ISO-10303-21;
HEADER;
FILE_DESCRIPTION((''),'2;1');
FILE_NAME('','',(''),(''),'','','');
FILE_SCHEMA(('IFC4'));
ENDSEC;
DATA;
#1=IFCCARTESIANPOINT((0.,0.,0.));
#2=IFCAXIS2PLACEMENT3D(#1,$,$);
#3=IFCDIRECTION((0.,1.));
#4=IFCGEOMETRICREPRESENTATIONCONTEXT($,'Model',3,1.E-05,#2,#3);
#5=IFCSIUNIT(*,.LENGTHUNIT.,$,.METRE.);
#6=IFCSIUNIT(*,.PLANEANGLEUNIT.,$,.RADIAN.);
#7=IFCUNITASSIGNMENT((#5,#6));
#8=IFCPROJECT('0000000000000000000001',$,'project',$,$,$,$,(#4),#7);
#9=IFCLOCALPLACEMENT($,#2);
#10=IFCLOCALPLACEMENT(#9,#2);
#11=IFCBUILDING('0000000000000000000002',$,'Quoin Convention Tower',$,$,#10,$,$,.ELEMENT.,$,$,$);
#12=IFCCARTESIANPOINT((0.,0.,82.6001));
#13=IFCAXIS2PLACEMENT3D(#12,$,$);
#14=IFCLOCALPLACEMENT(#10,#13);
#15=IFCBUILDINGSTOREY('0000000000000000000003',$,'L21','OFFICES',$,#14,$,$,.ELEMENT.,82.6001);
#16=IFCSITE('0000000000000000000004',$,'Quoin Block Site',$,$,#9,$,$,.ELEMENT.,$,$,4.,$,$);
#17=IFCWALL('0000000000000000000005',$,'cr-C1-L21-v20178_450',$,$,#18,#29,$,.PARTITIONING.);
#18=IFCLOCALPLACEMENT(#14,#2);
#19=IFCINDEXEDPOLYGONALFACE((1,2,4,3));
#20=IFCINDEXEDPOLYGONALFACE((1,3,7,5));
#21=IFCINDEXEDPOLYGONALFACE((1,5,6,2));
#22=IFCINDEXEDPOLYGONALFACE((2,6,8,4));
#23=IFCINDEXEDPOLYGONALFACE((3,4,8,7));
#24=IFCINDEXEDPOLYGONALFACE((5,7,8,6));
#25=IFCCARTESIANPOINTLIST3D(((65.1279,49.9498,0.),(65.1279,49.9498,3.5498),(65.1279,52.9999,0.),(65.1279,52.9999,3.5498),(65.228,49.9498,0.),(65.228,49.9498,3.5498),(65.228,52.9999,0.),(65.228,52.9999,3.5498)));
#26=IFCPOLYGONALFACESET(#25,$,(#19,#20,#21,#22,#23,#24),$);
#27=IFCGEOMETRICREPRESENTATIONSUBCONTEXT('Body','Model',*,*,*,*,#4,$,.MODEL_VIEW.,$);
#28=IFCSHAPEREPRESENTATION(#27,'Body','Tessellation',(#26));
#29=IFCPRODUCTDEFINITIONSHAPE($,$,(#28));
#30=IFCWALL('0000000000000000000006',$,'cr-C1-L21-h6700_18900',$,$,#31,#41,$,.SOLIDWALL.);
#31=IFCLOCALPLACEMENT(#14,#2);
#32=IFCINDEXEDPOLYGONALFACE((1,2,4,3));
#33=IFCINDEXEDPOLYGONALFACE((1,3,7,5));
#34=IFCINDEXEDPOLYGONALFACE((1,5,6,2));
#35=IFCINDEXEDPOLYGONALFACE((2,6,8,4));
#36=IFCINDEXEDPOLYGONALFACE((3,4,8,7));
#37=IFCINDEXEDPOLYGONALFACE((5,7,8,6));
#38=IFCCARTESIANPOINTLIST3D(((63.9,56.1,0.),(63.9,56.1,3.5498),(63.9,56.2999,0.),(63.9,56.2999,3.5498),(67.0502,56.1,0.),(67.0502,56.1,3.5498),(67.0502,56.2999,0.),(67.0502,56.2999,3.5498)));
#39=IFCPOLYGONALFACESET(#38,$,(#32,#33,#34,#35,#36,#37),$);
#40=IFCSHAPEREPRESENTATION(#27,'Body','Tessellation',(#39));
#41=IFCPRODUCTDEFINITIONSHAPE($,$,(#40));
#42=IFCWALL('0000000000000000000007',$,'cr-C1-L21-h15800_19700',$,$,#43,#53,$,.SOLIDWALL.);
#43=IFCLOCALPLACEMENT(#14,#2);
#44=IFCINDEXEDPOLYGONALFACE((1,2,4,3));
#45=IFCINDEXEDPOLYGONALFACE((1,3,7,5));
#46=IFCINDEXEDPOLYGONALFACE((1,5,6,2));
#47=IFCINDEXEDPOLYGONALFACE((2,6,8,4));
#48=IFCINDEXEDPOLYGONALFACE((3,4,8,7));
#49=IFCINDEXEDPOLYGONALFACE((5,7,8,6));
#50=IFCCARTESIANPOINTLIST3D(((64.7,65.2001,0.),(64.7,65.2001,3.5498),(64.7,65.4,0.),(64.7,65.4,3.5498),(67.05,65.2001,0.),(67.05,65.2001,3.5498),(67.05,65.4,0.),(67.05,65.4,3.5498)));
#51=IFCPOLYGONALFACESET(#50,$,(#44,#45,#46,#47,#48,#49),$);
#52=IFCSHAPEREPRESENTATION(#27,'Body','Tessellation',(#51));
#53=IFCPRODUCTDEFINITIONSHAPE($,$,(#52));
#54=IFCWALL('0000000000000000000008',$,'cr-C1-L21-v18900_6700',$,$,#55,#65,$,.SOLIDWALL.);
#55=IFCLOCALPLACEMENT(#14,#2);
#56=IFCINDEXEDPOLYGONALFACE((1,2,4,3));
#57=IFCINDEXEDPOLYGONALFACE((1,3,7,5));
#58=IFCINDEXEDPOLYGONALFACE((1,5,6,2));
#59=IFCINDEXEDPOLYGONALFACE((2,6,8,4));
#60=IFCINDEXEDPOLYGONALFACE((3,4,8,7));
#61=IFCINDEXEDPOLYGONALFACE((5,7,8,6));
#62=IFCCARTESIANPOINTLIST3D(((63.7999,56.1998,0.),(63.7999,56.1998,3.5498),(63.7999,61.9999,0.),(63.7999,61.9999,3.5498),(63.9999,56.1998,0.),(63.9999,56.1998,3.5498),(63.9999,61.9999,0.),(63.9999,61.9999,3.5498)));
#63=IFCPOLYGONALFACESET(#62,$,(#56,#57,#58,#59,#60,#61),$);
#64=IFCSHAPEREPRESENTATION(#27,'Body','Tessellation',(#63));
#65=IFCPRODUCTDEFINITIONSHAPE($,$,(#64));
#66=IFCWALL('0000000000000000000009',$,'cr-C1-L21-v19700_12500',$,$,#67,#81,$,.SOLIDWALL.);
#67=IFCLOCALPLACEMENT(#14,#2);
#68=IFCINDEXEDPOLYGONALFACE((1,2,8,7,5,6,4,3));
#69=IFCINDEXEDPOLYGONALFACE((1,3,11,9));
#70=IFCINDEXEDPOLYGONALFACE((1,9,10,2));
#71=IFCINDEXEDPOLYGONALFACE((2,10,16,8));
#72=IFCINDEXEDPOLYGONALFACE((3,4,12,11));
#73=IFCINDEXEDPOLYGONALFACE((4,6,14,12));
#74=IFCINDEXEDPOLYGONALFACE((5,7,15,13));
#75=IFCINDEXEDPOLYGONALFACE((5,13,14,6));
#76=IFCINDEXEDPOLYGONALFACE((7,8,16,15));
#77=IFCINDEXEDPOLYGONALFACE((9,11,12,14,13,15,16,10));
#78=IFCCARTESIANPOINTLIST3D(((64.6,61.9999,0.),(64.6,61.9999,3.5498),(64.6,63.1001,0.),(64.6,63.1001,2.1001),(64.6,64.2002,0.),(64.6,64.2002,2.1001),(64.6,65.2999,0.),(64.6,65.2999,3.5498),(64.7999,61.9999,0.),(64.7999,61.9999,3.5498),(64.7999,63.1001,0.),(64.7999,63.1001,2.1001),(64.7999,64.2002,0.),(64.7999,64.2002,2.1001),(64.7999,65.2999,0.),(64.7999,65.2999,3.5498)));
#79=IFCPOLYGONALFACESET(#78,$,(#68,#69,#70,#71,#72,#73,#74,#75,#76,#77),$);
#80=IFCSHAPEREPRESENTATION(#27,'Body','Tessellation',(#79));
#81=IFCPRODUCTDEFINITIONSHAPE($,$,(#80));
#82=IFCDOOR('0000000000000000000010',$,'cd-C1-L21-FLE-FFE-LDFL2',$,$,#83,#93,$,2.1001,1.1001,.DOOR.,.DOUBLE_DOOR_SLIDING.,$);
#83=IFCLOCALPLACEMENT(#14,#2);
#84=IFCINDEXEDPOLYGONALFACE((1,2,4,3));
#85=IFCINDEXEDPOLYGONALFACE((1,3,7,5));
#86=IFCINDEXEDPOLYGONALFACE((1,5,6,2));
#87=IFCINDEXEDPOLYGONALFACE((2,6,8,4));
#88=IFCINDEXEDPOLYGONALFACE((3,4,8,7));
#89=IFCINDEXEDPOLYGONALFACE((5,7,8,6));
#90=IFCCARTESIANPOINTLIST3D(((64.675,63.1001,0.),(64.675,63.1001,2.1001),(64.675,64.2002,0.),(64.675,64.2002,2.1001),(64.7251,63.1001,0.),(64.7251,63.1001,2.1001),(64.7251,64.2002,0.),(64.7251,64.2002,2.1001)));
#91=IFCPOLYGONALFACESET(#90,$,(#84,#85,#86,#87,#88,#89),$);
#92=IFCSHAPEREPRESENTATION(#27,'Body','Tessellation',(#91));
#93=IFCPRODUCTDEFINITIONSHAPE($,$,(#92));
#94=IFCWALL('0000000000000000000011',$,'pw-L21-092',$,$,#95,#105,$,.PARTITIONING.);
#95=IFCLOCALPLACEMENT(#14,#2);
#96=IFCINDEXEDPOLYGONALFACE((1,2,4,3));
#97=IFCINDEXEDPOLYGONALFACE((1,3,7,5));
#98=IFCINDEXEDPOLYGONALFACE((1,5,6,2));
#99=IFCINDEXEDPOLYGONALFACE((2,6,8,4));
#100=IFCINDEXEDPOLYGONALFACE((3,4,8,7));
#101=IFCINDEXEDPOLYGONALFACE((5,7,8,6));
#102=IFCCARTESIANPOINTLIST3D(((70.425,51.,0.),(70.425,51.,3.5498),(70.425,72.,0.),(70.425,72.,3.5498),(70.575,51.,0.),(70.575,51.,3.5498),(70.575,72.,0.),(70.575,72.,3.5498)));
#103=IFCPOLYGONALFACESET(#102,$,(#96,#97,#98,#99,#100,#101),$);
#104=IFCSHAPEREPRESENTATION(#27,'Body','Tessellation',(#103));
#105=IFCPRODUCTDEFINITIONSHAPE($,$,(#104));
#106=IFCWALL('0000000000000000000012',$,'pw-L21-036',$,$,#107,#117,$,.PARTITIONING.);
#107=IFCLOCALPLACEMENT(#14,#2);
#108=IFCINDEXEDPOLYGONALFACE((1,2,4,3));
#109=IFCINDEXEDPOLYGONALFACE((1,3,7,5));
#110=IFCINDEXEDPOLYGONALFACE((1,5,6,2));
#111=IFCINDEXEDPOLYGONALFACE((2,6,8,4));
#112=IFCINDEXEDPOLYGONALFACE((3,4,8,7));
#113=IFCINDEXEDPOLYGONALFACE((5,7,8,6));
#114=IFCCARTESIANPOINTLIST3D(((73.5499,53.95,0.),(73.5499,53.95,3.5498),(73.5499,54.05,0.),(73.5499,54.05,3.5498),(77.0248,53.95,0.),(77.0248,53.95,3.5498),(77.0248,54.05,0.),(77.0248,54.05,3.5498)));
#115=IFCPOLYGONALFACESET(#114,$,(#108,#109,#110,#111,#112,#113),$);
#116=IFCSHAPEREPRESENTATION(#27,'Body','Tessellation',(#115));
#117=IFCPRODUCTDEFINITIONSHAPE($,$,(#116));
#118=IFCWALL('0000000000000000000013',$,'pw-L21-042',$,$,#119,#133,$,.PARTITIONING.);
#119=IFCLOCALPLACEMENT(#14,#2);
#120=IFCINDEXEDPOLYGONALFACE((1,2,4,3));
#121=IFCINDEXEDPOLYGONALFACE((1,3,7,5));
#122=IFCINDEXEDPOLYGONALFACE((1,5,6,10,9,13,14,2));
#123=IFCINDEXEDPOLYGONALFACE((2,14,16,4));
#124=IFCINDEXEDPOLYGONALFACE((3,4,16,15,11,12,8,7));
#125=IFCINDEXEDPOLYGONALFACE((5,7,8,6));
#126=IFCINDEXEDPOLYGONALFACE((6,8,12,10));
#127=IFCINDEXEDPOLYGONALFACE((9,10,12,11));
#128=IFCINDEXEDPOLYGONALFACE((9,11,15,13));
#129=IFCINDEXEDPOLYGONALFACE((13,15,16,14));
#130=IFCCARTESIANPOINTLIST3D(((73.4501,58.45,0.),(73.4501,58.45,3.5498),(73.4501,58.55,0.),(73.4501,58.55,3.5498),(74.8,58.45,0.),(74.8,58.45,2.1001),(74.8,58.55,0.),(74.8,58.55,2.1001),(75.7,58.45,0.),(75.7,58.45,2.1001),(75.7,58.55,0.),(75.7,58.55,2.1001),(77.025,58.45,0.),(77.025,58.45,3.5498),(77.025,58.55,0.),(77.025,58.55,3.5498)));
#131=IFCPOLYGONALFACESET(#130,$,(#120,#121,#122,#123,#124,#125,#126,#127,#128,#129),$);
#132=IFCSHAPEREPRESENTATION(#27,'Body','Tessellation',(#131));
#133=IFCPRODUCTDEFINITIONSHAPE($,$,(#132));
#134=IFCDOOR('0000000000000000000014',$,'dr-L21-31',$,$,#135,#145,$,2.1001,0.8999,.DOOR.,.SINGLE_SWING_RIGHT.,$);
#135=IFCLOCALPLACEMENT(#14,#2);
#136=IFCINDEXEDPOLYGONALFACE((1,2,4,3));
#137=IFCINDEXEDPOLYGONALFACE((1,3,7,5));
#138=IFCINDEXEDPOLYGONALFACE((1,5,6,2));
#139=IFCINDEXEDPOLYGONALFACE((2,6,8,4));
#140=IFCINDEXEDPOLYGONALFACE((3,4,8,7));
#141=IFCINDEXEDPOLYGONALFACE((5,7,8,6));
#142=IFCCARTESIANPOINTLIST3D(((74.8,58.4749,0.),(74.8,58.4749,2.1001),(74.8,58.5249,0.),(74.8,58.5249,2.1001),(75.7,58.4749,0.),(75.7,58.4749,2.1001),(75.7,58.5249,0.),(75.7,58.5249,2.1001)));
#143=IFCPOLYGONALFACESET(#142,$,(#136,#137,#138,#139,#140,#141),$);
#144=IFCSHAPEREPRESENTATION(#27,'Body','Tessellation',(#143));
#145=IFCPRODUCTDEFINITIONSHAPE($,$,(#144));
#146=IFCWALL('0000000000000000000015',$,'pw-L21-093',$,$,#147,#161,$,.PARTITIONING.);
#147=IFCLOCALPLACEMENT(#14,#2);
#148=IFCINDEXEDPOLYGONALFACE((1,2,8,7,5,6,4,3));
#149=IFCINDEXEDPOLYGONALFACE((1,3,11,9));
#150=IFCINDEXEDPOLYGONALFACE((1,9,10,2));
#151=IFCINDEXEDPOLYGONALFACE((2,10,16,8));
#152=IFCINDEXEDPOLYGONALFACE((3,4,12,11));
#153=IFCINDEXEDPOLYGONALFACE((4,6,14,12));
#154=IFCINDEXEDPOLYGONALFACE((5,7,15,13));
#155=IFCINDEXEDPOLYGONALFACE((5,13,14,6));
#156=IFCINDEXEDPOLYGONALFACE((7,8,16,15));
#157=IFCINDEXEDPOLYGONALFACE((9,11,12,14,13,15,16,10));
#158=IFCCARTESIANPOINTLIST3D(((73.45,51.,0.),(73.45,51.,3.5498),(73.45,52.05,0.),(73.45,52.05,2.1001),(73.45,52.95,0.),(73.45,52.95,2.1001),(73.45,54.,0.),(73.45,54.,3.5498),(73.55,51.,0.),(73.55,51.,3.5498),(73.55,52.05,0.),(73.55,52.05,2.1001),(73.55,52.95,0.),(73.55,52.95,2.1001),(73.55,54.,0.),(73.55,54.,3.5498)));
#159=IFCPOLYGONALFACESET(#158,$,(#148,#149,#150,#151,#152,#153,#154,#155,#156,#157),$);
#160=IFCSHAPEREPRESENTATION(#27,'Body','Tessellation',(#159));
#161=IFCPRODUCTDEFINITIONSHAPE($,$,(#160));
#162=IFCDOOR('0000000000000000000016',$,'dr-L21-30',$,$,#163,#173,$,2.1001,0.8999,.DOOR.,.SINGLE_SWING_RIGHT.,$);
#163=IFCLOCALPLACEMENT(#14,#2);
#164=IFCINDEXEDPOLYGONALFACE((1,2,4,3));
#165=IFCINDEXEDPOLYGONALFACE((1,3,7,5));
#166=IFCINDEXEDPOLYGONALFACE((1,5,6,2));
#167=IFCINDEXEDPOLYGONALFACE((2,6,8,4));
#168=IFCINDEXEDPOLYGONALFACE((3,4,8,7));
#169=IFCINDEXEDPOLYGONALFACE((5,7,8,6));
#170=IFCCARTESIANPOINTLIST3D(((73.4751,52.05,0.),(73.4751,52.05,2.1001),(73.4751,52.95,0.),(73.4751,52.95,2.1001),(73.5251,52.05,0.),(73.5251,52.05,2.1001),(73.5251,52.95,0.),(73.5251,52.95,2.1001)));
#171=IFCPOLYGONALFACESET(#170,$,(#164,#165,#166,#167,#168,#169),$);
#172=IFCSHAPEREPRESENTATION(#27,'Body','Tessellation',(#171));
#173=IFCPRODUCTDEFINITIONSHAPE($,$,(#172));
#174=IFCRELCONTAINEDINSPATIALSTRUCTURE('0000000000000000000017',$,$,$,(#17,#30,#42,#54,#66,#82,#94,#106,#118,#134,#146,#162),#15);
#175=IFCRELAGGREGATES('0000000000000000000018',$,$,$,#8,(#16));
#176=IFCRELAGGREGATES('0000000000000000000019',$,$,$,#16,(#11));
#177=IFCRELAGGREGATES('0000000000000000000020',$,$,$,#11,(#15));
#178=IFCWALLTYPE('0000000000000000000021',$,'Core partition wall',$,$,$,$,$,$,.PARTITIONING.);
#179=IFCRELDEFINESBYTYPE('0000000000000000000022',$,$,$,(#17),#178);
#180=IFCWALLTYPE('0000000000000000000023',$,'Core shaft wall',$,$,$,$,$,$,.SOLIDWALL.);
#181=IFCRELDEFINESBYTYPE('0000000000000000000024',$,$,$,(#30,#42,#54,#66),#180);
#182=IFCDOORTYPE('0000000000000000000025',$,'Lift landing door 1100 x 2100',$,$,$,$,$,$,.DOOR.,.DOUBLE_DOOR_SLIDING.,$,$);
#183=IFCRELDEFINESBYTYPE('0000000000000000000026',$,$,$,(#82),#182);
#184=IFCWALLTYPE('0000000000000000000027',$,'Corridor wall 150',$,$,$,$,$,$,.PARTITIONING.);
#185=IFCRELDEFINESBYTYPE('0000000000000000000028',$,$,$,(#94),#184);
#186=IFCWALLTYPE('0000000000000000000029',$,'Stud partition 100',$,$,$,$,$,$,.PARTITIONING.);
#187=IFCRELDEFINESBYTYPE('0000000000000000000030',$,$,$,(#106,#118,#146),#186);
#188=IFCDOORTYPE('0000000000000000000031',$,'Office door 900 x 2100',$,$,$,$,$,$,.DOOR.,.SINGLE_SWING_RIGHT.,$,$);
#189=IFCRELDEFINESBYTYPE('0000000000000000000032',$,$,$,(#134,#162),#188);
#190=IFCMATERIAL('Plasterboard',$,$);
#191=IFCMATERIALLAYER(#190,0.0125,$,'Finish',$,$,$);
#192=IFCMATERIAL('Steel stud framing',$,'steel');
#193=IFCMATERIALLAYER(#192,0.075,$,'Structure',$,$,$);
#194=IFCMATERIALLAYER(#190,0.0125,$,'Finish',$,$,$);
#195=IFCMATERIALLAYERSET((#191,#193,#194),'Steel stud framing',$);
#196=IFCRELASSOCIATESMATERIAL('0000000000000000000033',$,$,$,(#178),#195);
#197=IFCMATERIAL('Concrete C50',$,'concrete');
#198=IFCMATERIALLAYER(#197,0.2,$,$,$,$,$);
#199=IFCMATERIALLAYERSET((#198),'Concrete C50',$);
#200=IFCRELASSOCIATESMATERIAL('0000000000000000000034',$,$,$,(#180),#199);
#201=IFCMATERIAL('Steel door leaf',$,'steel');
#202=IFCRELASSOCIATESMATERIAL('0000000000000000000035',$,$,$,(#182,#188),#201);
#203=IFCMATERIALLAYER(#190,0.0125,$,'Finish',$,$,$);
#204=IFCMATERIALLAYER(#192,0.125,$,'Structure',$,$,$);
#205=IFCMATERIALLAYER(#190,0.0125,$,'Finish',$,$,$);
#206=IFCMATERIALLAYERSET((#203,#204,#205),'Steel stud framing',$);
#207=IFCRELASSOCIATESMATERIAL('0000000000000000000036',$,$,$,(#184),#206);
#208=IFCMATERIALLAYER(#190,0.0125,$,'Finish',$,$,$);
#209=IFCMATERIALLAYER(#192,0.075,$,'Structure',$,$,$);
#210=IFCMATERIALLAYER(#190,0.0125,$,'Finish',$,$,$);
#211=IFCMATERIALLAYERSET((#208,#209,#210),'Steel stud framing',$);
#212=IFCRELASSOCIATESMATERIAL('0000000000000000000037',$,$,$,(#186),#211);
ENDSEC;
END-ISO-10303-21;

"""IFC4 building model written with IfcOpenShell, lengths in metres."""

from ifc_helpers import new_model, si_unit, direction, frame, frame_2d, origin, place, context, subcontext, project, spatial, rectangle, extrude, material, layer, layer_set, type_object, element, fill, save


model = new_model("IFC4")

# Units and contexts
model_context = context("Model", 3, precision=1e-05, world=origin(), true_north=direction((0.0, 1.0)))
body_context = subcontext(model_context, "Body", "Model", "MODEL_VIEW")
ifc_project = project(units=[si_unit("LENGTHUNIT", "METRE"), si_unit("PLANEANGLEUNIT", "RADIAN")], contexts=[model_context])

# Site, building, storey
site_placement = place(None, origin())
site = spatial("IfcSite", under=ifc_project, at=site_placement, Name="Quoin Block Site", CompositionType="ELEMENT", RefElevation=4.0)
building_placement = place(site_placement, origin())
building = spatial("IfcBuilding", under=site, at=building_placement, Name="Quoin Convention Tower", CompositionType="ELEMENT")
storey_placement = place(building_placement, frame((0.0, 0.0, 82.6001)))
storey = spatial("IfcBuildingStorey", under=building, at=storey_placement, Name="L21", Description="OFFICES", CompositionType="ELEMENT", Elevation=82.6001)

# Walls
ifc_material_1 = material(Name="Plasterboard")
ifc_layer_1 = layer(ifc_material_1, 0.0125, Name="Finish")
ifc_material_2 = material(Name="Steel stud framing", Category="steel")
ifc_layer_2 = layer(ifc_material_2, 0.075, Name="Structure")
ifc_layer_3 = layer(ifc_material_1, 0.0125, Name="Finish")
ifc_layer_set_1 = layer_set([ifc_layer_1, ifc_layer_2, ifc_layer_3], Name="Steel stud framing")
wall_type_1 = type_object("IfcWallType", Name="Core partition wall", PredefinedType="PARTITIONING", material=ifc_layer_set_1)
wall_1_placement = place(storey_placement, frame((65.178, 49.95, 0.0), z_axis=(0.0, 0.0, 1.0), x_axis=(0.0, 1.0, 0.0)))
element("IfcWall", 1, at=wall_1_placement, inside=storey, type_object=wall_type_1, Name="cr-C1-L21-v20178_450", PredefinedType="PARTITIONING", context=body_context, shape_type="SweptSolid", body=[
    extrude(rectangle(XDim=3.05, YDim=0.1001, at=frame_2d((1.5249, 0.0))), origin(), (0.0, 0.0, 1.0), 3.5498),
])
ifc_material_3 = material(Name="Concrete C50", Category="concrete")
ifc_layer_4 = layer(ifc_material_3, 0.2)
ifc_layer_set_2 = layer_set([ifc_layer_4], Name="Concrete C50")
wall_type_2 = type_object("IfcWallType", Name="Core shaft wall", PredefinedType="SOLIDWALL", material=ifc_layer_set_2)
wall_2_placement = place(storey_placement, frame((63.8999, 56.2, 0.0), z_axis=(0.0, 0.0, 1.0), x_axis=(1.0, 0.0, 0.0)))
element("IfcWall", 2, at=wall_2_placement, inside=storey, type_object=wall_type_2, Name="cr-C1-L21-h6700_18900", PredefinedType="SOLIDWALL", context=body_context, shape_type="SweptSolid", body=[
    extrude(rectangle(XDim=3.1501, YDim=0.2, at=frame_2d((1.5752, 0.0))), origin(), (0.0, 0.0, 1.0), 3.5498),
])
wall_3_placement = place(storey_placement, frame((64.7, 65.3, 0.0), z_axis=(0.0, 0.0, 1.0), x_axis=(1.0, 0.0, 0.0)))
element("IfcWall", 3, at=wall_3_placement, inside=storey, type_object=wall_type_2, Name="cr-C1-L21-h15800_19700", PredefinedType="SOLIDWALL", context=body_context, shape_type="SweptSolid", body=[
    extrude(rectangle(XDim=2.3501, YDim=0.2, at=frame_2d((1.175, 0.0))), origin(), (0.0, 0.0, 1.0), 3.5498),
])
wall_4_placement = place(storey_placement, frame((63.8999, 56.2, 0.0), z_axis=(0.0, 0.0, 1.0), x_axis=(0.0, 1.0, 0.0)))
element("IfcWall", 4, at=wall_4_placement, inside=storey, type_object=wall_type_2, Name="cr-C1-L21-v18900_6700", PredefinedType="SOLIDWALL", context=body_context, shape_type="SweptSolid", body=[
    extrude(rectangle(XDim=5.8, YDim=0.2, at=frame_2d((2.8999, 0.0))), origin(), (0.0, 0.0, 1.0), 3.5498),
])

# Wall, opening, door
wall_5_placement = place(storey_placement, frame((64.7, 62.0, 0.0), z_axis=(0.0, 0.0, 1.0), x_axis=(0.0, 1.0, 0.0)))
wall_5 = element("IfcWall", 5, at=wall_5_placement, inside=storey, type_object=wall_type_2, Name="cr-C1-L21-v19700_12500", PredefinedType="SOLIDWALL", context=body_context, shape_type="SweptSolid", body=[
    extrude(rectangle(XDim=3.3, YDim=0.2, at=frame_2d((1.6499, 0.0))), origin(), (0.0, 0.0, 1.0), 3.5498),
])
opening_1_placement = place(wall_5_placement, frame((1.1001, 0.0, 0.0)))
opening_1 = element("IfcOpeningElement", 6, at=opening_1_placement, cuts=wall_5, PredefinedType="OPENING", context=body_context, shape_type="SweptSolid", body=[
    extrude(rectangle(XDim=1.1001, YDim=2.1001, at=frame_2d((0.55, 1.05))), frame((0.0, 0.1099, 0.0), z_axis=(0.0, -1.0, 0.0), x_axis=(1.0, 0.0, 0.0)), (0.0, 0.0, 1.0), 0.22),
])
ifc_material_4 = material(Name="Steel door leaf", Category="steel")
door_type_1 = type_object("IfcDoorType", Name="Lift landing door 1100 x 2100", OperationType="DOUBLE_DOOR_SLIDING", PredefinedType="DOOR", material=ifc_material_4)
door_1_placement = place(opening_1_placement, origin())
door_1 = element("IfcDoor", 7, at=door_1_placement, inside=storey, type_object=door_type_1, Name="cd-C1-L21-FLE-FFE-LDFL2", OperationType="DOUBLE_DOOR_SLIDING", OverallHeight=2.1001, OverallWidth=1.1001, PredefinedType="DOOR", context=body_context, shape_type="SweptSolid", body=[
    extrude(rectangle(XDim=1.1001, YDim=2.1001, at=frame_2d((0.55, 1.05))), frame((0.0, 0.0249, 0.0), z_axis=(0.0, -1.0, 0.0), x_axis=(1.0, 0.0, 0.0)), (0.0, 0.0, 1.0), 0.05),
])
fill(opening_1, door_1)

# Walls
ifc_layer_5 = layer(ifc_material_1, 0.0125, Name="Finish")
ifc_layer_6 = layer(ifc_material_2, 0.125, Name="Structure")
ifc_layer_7 = layer(ifc_material_1, 0.0125, Name="Finish")
ifc_layer_set_3 = layer_set([ifc_layer_5, ifc_layer_6, ifc_layer_7], Name="Steel stud framing")
wall_type_3 = type_object("IfcWallType", Name="Corridor wall 150", PredefinedType="PARTITIONING", material=ifc_layer_set_3)
wall_6_placement = place(storey_placement, frame((70.5, 51.0, 0.0), z_axis=(0.0, 0.0, 1.0), x_axis=(0.0, 1.0, 0.0)))
element("IfcWall", 8, at=wall_6_placement, inside=storey, type_object=wall_type_3, Name="pw-L21-092", PredefinedType="PARTITIONING", context=body_context, shape_type="SweptSolid", body=[
    extrude(rectangle(XDim=21.0, YDim=0.1499, at=frame_2d((10.5, 0.0))), origin(), (0.0, 0.0, 1.0), 3.5498),
])
ifc_layer_8 = layer(ifc_material_1, 0.0125, Name="Finish")
ifc_layer_9 = layer(ifc_material_2, 0.075, Name="Structure")
ifc_layer_10 = layer(ifc_material_1, 0.0125, Name="Finish")
ifc_layer_set_4 = layer_set([ifc_layer_8, ifc_layer_9, ifc_layer_10], Name="Steel stud framing")
wall_type_4 = type_object("IfcWallType", Name="Stud partition 100", PredefinedType="PARTITIONING", material=ifc_layer_set_4)
wall_7_placement = place(storey_placement, frame((73.55, 54.0, 0.0), z_axis=(0.0, 0.0, 1.0), x_axis=(1.0, 0.0, 0.0)))
element("IfcWall", 9, at=wall_7_placement, inside=storey, type_object=wall_type_4, Name="pw-L21-036", PredefinedType="PARTITIONING", context=body_context, shape_type="SweptSolid", body=[
    extrude(rectangle(XDim=3.4749, YDim=0.1001, at=frame_2d((1.7373, 0.0))), origin(), (0.0, 0.0, 1.0), 3.5498),
])

# Walls, openings, doors
wall_8_placement = place(storey_placement, frame((73.45, 58.5, 0.0), z_axis=(0.0, 0.0, 1.0), x_axis=(1.0, 0.0, 0.0)))
wall_8 = element("IfcWall", 10, at=wall_8_placement, inside=storey, type_object=wall_type_4, Name="pw-L21-042", PredefinedType="PARTITIONING", context=body_context, shape_type="SweptSolid", body=[
    extrude(rectangle(XDim=3.575, YDim=0.1001, at=frame_2d((1.7876, 0.0))), origin(), (0.0, 0.0, 1.0), 3.5498),
])
opening_2_placement = place(wall_8_placement, frame((1.3501, 0.0, 0.0)))
opening_2 = element("IfcOpeningElement", 11, at=opening_2_placement, cuts=wall_8, PredefinedType="OPENING", context=body_context, shape_type="SweptSolid", body=[
    extrude(rectangle(XDim=0.8999, YDim=2.1001, at=frame_2d((0.45, 1.05))), frame((0.0, 0.0601, 0.0), z_axis=(0.0, -1.0, 0.0), x_axis=(1.0, 0.0, 0.0)), (0.0, 0.0, 1.0), 0.1201),
])
door_type_2 = type_object("IfcDoorType", Name="Office door 900 x 2100", OperationType="SINGLE_SWING_RIGHT", PredefinedType="DOOR", material=ifc_material_4)
door_2_placement = place(opening_2_placement, origin())
door_2 = element("IfcDoor", 12, at=door_2_placement, inside=storey, type_object=door_type_2, Name="dr-L21-31", OperationType="SINGLE_SWING_RIGHT", OverallHeight=2.1001, OverallWidth=0.8999, PredefinedType="DOOR", context=body_context, shape_type="SweptSolid", body=[
    extrude(rectangle(XDim=0.8999, YDim=2.1001, at=frame_2d((0.45, 1.05))), frame((0.0, 0.0249, 0.0), z_axis=(0.0, -1.0, 0.0), x_axis=(1.0, 0.0, 0.0)), (0.0, 0.0, 1.0), 0.05),
])
fill(opening_2, door_2)
wall_9_placement = place(storey_placement, frame((73.5, 51.0, 0.0), z_axis=(0.0, 0.0, 1.0), x_axis=(0.0, 1.0, 0.0)))
wall_9 = element("IfcWall", 13, at=wall_9_placement, inside=storey, type_object=wall_type_4, Name="pw-L21-093", PredefinedType="PARTITIONING", context=body_context, shape_type="SweptSolid", body=[
    extrude(rectangle(XDim=3.0, YDim=0.1001, at=frame_2d((1.5, 0.0))), origin(), (0.0, 0.0, 1.0), 3.5498),
])
opening_3_placement = place(wall_9_placement, frame((1.05, 0.0, 0.0)))
opening_3 = element("IfcOpeningElement", 14, at=opening_3_placement, cuts=wall_9, PredefinedType="OPENING", context=body_context, shape_type="SweptSolid", body=[
    extrude(rectangle(XDim=0.8999, YDim=2.1001, at=frame_2d((0.45, 1.05))), frame((0.0, 0.0601, 0.0), z_axis=(0.0, -1.0, 0.0), x_axis=(1.0, 0.0, 0.0)), (0.0, 0.0, 1.0), 0.1201),
])
door_3_placement = place(opening_3_placement, origin())
door_3 = element("IfcDoor", 15, at=door_3_placement, inside=storey, type_object=door_type_2, Name="dr-L21-30", OperationType="SINGLE_SWING_RIGHT", OverallHeight=2.1001, OverallWidth=0.8999, PredefinedType="DOOR", context=body_context, shape_type="SweptSolid", body=[
    extrude(rectangle(XDim=0.8999, YDim=2.1001, at=frame_2d((0.45, 1.05))), frame((0.0, 0.0249, 0.0), z_axis=(0.0, -1.0, 0.0), x_axis=(1.0, 0.0, 0.0)), (0.0, 0.0, 1.0), 0.05),
])
fill(opening_3, door_3)

save(model, "model.ifc")
